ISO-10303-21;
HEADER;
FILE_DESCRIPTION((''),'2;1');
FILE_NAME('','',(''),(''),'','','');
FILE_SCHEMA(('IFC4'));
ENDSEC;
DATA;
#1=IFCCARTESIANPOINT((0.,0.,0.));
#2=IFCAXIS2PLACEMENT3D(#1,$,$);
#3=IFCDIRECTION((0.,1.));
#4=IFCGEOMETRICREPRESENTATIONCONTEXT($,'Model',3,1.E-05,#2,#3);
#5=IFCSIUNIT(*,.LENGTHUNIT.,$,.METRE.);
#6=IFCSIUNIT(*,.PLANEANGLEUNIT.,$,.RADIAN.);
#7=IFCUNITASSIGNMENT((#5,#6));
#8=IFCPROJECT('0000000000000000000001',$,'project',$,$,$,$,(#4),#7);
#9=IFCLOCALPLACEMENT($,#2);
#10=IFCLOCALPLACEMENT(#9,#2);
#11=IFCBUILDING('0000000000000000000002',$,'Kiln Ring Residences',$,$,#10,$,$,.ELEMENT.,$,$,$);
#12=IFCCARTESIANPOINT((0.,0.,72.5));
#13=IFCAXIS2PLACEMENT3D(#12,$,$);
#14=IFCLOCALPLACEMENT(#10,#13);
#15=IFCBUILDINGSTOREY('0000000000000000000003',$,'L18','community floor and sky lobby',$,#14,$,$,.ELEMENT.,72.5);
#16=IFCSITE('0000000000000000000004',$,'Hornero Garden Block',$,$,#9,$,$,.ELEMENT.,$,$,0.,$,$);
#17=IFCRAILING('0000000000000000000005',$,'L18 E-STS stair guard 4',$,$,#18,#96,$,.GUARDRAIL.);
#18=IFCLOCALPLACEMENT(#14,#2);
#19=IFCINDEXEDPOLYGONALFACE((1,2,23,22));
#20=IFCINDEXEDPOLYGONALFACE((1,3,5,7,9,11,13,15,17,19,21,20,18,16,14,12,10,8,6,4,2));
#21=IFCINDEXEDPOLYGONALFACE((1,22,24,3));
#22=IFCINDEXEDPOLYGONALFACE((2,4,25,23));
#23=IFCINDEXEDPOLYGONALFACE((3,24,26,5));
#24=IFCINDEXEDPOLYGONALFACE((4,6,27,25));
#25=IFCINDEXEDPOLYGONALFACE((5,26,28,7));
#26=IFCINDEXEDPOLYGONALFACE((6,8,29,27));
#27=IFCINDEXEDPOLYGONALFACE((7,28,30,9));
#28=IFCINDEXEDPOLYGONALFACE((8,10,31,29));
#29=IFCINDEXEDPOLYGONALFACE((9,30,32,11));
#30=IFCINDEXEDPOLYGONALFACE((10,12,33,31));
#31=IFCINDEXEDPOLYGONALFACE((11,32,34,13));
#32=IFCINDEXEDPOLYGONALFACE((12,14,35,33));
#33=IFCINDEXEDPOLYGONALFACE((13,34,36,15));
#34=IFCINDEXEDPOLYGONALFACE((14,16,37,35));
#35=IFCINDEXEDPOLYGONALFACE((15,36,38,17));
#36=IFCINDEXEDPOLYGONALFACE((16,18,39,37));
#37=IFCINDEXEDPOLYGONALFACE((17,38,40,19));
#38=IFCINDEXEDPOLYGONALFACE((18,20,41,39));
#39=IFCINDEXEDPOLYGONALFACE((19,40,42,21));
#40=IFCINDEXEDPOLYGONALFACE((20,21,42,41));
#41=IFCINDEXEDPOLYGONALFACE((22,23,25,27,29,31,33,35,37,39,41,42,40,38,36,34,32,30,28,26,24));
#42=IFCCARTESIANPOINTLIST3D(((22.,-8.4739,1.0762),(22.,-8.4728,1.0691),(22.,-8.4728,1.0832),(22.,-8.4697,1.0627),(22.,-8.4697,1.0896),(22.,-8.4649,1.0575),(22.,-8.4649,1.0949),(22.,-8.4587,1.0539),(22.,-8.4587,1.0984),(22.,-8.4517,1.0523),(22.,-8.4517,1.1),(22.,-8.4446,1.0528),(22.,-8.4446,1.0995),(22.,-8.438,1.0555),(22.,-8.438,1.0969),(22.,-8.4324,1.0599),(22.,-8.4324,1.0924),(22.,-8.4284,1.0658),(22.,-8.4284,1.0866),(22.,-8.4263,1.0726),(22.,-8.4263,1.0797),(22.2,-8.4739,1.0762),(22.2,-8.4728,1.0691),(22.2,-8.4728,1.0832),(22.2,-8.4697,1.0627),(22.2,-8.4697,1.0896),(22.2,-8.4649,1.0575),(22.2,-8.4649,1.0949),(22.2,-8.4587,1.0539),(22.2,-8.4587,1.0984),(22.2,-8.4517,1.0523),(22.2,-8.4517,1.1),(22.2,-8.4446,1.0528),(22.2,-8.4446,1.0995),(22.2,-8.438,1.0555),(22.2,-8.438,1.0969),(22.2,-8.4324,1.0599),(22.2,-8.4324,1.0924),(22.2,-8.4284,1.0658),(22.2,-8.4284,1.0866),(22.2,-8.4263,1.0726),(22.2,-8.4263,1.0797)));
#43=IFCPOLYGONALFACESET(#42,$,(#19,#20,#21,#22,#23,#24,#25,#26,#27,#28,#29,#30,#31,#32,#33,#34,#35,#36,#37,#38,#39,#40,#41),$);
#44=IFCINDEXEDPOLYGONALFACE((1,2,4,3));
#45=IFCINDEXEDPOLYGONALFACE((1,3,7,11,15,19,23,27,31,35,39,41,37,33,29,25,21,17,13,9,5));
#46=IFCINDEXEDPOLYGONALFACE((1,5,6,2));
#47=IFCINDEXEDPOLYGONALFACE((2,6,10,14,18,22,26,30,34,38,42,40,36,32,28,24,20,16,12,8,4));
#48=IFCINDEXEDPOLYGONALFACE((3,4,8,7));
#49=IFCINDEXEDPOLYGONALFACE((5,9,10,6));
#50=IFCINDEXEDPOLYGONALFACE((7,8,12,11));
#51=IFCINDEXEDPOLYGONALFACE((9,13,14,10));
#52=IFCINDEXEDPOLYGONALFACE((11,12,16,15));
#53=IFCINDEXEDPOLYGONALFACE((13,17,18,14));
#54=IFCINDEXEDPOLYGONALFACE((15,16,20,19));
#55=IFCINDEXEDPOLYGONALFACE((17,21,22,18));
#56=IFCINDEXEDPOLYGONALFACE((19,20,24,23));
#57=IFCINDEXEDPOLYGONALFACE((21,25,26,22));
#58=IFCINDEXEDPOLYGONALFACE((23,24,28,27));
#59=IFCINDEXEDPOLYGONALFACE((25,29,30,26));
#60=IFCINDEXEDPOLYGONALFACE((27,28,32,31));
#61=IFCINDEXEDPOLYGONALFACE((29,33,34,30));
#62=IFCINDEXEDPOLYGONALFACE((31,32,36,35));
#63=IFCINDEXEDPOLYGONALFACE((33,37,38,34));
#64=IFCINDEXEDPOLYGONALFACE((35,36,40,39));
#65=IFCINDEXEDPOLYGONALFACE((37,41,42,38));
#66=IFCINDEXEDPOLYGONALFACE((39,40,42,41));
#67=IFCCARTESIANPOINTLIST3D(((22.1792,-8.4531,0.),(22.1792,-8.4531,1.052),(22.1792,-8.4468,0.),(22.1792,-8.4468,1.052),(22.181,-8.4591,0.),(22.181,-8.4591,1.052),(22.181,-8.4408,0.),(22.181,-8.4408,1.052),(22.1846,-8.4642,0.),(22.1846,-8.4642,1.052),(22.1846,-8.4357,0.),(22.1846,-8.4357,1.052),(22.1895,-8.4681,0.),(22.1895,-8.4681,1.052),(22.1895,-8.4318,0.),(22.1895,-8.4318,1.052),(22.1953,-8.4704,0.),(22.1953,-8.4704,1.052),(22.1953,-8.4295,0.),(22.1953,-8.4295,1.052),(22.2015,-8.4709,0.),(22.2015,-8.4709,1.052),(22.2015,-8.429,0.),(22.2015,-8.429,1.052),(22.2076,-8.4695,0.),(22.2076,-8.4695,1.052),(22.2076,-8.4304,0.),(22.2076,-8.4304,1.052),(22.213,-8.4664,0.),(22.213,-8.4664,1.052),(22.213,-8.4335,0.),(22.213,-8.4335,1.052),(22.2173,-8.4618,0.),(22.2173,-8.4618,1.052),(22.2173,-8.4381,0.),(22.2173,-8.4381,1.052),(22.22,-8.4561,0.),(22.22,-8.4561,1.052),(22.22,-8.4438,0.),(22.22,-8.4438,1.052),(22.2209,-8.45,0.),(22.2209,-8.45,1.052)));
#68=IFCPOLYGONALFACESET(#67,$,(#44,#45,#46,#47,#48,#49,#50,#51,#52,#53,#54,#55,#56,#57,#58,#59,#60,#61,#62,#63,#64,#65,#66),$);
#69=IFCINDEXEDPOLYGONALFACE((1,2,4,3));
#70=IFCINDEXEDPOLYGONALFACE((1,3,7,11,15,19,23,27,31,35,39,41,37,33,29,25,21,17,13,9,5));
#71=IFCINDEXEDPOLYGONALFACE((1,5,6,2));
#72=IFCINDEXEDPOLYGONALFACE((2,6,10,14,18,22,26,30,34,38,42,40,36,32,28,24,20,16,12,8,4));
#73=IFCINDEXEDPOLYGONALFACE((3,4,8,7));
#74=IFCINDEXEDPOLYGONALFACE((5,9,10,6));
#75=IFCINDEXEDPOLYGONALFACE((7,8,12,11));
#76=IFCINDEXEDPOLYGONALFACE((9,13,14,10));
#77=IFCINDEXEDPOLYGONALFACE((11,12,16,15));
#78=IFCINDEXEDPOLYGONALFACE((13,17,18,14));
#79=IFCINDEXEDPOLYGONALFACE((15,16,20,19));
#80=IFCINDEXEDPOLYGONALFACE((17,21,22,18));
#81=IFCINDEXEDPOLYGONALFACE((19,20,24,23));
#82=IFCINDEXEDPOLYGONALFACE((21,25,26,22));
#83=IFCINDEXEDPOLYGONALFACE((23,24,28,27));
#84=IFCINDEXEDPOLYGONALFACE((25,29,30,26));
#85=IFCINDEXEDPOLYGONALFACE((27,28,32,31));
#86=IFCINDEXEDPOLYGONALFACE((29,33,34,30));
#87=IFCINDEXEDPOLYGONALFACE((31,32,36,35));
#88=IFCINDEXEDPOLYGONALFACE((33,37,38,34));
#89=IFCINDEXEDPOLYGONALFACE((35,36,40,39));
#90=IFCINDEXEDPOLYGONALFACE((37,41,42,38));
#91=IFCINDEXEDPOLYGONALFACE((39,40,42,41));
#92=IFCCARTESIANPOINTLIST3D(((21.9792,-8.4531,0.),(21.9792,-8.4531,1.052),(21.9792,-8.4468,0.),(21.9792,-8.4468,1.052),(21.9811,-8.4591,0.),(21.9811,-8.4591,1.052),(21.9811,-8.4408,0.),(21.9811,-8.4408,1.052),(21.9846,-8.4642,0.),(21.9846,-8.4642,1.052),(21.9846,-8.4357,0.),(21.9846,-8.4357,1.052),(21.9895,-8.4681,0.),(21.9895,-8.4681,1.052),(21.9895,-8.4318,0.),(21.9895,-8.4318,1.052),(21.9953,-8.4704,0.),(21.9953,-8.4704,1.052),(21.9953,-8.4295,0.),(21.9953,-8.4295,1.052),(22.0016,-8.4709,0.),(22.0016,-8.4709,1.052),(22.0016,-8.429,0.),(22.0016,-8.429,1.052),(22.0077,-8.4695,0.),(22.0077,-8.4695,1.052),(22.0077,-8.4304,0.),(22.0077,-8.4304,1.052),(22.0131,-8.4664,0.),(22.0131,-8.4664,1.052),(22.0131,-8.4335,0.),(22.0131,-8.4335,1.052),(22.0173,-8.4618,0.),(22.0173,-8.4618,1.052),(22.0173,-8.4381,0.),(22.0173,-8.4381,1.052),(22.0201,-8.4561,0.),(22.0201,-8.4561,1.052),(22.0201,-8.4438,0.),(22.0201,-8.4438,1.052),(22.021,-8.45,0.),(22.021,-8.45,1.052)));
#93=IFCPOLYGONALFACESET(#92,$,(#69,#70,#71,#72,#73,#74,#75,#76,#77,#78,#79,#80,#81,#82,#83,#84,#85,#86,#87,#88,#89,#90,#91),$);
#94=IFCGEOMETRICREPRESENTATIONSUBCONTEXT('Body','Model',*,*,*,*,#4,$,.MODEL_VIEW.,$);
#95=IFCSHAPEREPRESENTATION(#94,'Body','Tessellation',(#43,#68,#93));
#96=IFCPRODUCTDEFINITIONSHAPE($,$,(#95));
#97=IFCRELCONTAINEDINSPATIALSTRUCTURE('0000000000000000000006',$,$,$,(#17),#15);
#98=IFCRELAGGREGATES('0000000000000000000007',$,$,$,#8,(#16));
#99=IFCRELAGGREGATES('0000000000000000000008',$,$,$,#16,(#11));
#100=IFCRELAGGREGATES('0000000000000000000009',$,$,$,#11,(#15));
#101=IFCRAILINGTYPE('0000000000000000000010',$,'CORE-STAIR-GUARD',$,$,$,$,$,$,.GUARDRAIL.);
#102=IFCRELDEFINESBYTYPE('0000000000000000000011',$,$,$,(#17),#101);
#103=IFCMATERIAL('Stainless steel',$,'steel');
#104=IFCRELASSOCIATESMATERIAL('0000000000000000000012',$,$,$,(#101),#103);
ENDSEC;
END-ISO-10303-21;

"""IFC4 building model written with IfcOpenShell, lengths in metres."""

from ifc_helpers import new_model, si_unit, direction, frame, origin, origin_2d, place, context, subcontext, project, spatial, circle, extrude, material, type_object, element, save


model = new_model("IFC4")

# Units and contexts
model_context = context("Model", 3, precision=1e-05, world=origin(), true_north=direction((0.0, 1.0)))
body_context = subcontext(model_context, "Body", "Model", "MODEL_VIEW")
ifc_project = project(units=[si_unit("LENGTHUNIT", "METRE"), si_unit("PLANEANGLEUNIT", "RADIAN")], contexts=[model_context])

# Site, building, storey
site_placement = place(None, origin())
site = spatial("IfcSite", under=ifc_project, at=site_placement, Name="Hornero Garden Block", CompositionType="ELEMENT", RefElevation=0.0)
building_placement = place(site_placement, origin())
building = spatial("IfcBuilding", under=site, at=building_placement, Name="Kiln Ring Residences", CompositionType="ELEMENT")
storey_placement = place(building_placement, frame((0.0, 0.0, 72.5)))
storey = spatial("IfcBuildingStorey", under=building, at=storey_placement, Name="L18", Description="community floor and sky lobby", CompositionType="ELEMENT", Elevation=72.5)

# Railing
ifc_material_1 = material(Name="Stainless steel", Category="steel")
railing_type_1 = type_object("IfcRailingType", Name="CORE-STAIR-GUARD", PredefinedType="GUARDRAIL", material=ifc_material_1)
railing_1_placement = place(storey_placement, frame((22.2, -8.45, 0.0)))
element("IfcRailing", 1, at=railing_1_placement, inside=storey, type_object=railing_type_1, Name="L18 E-STS stair guard 4", PredefinedType="GUARDRAIL", context=body_context, shape_type="SweptSolid", body=[
    extrude(circle(Radius=0.0239, at=origin_2d()), frame((0.0, 0.0, 1.0762), z_axis=(-1.0, 0.0, 0.0), x_axis=(0.0, -1.0, 0.0)), (0.0, 0.0, 1.0), 0.2),
    extrude(circle(Radius=0.021, at=origin_2d()), origin(), (0.0, 0.0, 1.0), 1.052),
    extrude(circle(Radius=0.021, at=origin_2d()), frame((-0.2, 0.0, 0.0)), (0.0, 0.0, 1.0), 1.052),
])

save(model, "model.ifc")
